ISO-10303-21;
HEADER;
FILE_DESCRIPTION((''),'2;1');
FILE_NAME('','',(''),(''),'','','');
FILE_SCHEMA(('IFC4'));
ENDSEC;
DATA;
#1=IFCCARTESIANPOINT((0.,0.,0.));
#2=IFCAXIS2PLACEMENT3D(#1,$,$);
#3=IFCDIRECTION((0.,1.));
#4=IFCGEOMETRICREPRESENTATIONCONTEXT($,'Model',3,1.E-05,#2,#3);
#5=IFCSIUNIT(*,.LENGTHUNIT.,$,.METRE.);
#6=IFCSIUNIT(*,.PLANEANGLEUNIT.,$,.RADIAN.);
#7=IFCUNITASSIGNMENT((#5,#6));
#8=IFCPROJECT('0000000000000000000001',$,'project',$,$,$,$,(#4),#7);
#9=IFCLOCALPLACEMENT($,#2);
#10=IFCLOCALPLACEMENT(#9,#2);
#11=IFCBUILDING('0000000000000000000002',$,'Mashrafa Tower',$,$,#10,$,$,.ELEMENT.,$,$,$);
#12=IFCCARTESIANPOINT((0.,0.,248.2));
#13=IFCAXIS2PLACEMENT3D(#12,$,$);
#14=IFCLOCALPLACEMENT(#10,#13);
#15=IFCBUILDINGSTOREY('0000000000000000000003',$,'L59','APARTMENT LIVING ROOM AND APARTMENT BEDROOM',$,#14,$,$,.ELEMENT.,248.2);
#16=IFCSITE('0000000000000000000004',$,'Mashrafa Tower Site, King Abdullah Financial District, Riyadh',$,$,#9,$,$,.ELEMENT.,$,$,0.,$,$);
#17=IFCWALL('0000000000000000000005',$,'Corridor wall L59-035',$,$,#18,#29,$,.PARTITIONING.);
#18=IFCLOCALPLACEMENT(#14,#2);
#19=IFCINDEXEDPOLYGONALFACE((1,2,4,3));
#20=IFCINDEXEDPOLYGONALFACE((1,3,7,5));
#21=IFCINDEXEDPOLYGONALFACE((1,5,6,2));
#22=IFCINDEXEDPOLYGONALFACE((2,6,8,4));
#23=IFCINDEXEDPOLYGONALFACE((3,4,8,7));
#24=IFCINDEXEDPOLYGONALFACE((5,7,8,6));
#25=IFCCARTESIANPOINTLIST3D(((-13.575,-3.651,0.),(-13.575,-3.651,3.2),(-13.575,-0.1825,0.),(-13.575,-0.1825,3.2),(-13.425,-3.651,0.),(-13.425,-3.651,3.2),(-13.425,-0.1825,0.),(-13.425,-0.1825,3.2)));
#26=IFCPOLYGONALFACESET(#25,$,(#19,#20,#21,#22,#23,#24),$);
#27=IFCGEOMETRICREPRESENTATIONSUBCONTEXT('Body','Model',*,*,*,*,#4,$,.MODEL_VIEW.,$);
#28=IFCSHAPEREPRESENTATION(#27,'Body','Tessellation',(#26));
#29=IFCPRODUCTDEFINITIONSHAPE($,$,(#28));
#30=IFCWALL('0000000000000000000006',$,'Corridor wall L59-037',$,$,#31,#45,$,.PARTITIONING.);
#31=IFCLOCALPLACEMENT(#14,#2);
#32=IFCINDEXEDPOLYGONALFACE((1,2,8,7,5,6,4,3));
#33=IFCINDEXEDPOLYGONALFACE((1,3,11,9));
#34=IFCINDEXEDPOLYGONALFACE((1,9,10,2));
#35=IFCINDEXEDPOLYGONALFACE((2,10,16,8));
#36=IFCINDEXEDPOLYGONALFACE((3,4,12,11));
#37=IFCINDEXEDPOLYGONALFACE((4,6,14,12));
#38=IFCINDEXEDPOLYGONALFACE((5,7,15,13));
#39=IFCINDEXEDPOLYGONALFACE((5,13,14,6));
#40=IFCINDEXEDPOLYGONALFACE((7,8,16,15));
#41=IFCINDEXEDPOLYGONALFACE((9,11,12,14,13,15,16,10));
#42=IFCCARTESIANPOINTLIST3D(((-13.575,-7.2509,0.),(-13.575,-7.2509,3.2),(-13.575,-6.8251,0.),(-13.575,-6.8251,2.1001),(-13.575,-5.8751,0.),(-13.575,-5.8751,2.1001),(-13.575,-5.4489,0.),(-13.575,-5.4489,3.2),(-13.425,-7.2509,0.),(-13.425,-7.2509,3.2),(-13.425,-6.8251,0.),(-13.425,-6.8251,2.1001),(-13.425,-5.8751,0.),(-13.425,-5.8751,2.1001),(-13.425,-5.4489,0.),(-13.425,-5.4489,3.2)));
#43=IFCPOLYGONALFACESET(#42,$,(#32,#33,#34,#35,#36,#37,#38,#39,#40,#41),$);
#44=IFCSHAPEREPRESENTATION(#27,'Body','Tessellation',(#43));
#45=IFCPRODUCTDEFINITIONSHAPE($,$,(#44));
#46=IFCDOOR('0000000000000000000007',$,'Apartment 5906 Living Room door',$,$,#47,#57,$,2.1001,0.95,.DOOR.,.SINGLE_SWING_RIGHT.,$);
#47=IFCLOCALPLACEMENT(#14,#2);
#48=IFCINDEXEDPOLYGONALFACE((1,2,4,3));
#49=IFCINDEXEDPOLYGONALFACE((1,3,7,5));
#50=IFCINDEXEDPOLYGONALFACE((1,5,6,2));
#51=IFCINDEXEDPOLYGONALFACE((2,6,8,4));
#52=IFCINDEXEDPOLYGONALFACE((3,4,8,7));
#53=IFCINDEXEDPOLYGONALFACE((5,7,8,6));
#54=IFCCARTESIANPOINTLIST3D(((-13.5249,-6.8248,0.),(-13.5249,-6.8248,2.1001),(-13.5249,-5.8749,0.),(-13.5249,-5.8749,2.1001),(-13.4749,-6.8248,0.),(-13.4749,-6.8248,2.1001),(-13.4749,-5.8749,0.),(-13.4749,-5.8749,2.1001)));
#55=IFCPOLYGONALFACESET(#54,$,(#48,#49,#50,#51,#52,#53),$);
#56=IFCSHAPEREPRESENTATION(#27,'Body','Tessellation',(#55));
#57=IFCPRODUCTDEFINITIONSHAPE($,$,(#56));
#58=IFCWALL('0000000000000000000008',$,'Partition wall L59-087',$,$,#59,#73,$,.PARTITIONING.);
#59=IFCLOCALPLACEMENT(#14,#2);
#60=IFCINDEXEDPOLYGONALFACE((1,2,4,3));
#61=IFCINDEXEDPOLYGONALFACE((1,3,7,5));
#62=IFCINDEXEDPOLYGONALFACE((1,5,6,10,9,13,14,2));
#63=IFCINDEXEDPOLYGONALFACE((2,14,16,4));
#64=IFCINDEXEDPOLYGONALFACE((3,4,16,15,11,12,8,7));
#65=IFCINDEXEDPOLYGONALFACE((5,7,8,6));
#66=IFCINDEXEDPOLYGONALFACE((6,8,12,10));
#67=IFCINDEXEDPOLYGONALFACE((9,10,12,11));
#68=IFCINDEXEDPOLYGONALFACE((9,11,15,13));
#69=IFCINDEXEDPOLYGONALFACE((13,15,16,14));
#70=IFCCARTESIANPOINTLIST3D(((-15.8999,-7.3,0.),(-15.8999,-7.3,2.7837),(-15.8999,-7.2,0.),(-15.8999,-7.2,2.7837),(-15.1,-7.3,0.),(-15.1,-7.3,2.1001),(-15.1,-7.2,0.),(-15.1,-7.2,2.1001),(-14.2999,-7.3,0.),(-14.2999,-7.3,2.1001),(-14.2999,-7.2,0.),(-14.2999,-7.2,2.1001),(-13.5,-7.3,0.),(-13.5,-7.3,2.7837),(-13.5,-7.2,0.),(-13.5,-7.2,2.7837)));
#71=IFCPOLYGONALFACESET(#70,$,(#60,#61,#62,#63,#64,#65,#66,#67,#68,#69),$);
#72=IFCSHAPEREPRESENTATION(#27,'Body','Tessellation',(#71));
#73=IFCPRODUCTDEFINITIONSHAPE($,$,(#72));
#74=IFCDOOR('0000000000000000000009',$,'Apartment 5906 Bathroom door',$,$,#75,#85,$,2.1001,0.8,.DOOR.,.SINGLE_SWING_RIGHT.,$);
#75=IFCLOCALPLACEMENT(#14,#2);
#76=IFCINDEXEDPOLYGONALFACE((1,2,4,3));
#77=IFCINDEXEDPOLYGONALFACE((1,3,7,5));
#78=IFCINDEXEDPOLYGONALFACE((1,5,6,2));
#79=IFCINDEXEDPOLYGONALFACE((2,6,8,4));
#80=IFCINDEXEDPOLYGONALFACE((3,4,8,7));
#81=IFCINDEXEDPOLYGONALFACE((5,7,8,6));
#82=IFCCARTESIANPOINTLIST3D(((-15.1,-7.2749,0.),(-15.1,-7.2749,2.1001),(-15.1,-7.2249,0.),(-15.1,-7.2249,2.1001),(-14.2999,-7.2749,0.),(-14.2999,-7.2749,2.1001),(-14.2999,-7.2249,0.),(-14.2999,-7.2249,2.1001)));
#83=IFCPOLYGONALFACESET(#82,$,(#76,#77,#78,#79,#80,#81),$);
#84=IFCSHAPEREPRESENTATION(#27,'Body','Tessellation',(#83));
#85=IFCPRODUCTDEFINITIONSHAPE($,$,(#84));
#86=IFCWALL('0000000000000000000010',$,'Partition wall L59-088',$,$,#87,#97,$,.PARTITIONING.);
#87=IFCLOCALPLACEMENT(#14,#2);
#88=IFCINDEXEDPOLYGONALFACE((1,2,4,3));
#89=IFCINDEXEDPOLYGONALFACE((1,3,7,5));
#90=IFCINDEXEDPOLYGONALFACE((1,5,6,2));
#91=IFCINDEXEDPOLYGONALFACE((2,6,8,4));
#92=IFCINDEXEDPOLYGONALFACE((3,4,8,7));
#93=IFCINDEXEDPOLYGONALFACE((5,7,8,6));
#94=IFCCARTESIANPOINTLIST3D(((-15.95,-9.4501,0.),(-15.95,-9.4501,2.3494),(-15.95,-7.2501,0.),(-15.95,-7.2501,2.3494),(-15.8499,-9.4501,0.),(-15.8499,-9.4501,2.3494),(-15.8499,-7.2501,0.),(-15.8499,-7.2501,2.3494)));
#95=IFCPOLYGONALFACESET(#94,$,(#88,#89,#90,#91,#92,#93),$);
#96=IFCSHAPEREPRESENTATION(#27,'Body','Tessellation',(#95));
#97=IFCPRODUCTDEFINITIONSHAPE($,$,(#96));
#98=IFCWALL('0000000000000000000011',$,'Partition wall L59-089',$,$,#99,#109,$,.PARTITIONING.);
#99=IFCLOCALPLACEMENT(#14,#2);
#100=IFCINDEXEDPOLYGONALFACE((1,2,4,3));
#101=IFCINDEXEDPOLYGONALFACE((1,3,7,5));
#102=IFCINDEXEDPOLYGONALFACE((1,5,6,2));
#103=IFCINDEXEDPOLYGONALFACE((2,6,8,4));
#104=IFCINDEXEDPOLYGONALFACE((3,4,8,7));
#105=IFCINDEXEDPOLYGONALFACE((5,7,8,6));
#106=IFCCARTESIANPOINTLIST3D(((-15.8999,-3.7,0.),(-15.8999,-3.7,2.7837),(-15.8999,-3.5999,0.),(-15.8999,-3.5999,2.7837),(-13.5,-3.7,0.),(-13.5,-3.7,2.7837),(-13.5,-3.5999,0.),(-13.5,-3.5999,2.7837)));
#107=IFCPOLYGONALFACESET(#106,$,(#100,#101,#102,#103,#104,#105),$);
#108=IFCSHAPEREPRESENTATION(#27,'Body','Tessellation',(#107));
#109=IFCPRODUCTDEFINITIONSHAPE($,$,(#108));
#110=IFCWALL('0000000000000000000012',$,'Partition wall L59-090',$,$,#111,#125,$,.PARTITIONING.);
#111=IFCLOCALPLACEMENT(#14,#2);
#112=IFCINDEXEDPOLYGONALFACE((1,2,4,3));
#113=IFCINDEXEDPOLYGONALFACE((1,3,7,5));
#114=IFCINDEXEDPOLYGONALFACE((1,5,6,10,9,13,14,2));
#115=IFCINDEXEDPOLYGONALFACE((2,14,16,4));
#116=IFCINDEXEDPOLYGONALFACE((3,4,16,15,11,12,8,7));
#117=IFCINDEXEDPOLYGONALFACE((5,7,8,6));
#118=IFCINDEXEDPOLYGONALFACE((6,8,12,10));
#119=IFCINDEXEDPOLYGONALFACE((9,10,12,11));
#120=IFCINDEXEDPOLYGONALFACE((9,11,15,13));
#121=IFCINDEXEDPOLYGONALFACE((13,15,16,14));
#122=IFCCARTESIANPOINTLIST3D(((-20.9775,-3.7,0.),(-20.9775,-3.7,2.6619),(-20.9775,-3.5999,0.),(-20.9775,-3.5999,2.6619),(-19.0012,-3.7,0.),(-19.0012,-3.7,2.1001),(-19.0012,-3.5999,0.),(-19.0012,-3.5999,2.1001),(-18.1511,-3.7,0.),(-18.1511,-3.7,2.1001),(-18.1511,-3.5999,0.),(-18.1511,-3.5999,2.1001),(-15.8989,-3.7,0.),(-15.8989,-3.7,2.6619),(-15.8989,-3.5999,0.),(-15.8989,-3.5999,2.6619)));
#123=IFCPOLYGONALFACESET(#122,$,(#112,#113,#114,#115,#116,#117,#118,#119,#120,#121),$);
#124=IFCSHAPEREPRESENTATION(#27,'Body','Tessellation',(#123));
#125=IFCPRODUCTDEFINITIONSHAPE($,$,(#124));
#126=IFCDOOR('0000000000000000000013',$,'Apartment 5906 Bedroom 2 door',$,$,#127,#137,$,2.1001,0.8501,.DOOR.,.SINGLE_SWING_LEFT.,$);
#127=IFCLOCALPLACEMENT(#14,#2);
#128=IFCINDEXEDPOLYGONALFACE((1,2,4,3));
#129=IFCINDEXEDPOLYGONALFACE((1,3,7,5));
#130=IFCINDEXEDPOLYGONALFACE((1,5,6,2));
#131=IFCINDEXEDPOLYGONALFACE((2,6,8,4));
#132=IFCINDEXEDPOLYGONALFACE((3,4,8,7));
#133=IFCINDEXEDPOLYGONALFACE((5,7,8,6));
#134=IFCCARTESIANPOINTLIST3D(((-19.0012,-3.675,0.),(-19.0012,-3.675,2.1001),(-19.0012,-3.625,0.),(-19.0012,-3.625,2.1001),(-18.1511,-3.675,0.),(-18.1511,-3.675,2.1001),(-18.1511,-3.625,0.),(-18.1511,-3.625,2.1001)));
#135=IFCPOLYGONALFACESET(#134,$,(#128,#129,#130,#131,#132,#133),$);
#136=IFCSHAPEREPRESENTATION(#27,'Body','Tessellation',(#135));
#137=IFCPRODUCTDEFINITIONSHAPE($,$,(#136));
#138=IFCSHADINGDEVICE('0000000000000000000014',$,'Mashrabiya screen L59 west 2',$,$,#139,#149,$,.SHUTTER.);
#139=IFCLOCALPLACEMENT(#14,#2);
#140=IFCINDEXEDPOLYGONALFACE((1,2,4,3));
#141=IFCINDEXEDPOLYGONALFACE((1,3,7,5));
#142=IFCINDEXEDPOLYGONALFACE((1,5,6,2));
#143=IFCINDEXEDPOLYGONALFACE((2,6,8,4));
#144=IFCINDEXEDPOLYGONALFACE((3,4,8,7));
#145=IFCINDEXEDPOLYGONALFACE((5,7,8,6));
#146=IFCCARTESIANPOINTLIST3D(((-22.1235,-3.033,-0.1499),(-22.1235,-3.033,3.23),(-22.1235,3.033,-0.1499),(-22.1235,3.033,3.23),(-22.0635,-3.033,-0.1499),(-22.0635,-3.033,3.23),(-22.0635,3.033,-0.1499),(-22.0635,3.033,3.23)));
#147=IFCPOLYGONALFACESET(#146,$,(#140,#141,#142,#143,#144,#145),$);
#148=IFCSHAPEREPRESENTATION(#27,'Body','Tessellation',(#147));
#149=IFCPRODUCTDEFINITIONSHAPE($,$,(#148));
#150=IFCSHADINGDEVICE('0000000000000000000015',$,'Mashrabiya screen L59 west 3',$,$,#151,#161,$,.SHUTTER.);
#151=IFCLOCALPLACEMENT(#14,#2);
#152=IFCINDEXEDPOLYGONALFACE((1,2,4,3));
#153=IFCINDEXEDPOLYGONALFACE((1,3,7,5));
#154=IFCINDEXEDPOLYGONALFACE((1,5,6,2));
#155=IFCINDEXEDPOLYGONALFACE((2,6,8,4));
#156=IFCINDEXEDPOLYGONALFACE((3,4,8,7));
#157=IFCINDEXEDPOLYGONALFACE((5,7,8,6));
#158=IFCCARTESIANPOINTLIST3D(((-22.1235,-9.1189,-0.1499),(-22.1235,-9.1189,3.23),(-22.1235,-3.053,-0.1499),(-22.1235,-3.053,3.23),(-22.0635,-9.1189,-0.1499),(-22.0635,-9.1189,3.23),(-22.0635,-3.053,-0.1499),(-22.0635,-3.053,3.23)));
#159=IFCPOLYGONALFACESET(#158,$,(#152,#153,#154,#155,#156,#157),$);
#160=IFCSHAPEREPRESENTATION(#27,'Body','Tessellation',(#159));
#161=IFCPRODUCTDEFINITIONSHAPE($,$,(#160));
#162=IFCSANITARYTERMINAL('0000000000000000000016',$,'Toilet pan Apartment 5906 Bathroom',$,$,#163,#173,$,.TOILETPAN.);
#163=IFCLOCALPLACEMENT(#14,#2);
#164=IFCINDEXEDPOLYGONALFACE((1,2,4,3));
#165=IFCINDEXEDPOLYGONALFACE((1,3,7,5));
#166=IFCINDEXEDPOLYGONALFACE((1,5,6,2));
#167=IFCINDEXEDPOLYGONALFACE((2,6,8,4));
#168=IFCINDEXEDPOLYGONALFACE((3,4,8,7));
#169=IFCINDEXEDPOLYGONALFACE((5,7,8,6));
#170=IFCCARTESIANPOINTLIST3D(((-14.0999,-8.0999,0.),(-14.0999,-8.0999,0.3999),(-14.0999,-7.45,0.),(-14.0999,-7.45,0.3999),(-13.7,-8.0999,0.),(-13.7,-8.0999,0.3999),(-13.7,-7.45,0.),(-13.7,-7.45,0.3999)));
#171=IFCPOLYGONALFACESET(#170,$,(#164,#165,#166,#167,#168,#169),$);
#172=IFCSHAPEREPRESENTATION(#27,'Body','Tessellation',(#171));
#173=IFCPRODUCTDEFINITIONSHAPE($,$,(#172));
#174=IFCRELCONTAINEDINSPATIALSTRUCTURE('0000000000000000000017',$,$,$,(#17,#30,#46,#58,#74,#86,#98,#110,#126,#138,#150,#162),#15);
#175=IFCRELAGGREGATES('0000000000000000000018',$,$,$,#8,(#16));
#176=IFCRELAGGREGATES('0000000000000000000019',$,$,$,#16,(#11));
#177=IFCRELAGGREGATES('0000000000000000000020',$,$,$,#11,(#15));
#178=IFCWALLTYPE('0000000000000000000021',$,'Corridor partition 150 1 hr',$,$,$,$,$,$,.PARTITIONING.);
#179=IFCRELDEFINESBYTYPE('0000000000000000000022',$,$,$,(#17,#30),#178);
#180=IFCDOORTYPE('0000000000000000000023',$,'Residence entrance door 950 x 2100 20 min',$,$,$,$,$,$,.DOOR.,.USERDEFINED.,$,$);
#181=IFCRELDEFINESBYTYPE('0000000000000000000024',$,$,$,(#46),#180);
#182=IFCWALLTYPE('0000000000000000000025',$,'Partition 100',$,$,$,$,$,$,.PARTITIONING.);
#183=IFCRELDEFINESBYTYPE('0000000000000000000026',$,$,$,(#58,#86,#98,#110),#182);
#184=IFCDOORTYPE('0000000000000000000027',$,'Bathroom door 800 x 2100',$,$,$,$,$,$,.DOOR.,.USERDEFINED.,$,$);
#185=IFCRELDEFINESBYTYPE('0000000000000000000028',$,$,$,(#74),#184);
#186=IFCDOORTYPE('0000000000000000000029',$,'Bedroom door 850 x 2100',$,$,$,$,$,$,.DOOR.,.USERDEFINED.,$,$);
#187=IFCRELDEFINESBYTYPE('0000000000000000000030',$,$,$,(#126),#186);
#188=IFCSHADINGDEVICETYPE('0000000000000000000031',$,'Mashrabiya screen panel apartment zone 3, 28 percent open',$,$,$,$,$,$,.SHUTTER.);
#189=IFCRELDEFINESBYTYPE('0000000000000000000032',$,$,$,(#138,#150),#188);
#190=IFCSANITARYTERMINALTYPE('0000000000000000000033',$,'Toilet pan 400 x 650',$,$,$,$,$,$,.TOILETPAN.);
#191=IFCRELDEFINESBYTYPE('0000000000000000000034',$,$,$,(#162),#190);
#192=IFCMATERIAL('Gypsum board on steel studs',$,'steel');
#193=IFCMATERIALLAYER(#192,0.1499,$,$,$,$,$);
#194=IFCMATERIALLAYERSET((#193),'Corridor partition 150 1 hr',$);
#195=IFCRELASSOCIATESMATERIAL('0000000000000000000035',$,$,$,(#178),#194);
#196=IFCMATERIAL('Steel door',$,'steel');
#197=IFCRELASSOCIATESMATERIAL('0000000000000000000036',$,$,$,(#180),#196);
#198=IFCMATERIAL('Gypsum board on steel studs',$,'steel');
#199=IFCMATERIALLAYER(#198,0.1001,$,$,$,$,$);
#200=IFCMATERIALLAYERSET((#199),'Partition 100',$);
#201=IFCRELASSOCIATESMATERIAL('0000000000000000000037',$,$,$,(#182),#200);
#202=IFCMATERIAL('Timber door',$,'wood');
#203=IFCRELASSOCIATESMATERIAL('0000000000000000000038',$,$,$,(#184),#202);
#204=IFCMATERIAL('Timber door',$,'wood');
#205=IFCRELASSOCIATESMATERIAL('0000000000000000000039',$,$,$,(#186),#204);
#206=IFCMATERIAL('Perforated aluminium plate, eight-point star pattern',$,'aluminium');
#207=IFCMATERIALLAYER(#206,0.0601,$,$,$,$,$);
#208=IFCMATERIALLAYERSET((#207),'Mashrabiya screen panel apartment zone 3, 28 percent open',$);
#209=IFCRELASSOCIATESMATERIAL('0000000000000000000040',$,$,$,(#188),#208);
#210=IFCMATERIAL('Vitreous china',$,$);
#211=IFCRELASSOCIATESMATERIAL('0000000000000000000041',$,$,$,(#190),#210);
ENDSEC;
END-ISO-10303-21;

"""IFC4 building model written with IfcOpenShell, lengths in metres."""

from ifc_helpers import new_model, si_unit, direction, frame, frame_2d, origin, origin_2d, place, context, subcontext, project, spatial, rectangle, extrude, source, transform, mapped, material, layer, layer_set, type_object, type_shapes, element, fill, save


model = new_model("IFC4")

# Units and contexts
model_context = context("Model", 3, precision=1e-05, world=origin(), true_north=direction((0.0, 1.0)))
body_context = subcontext(model_context, "Body", "Model", "MODEL_VIEW")
ifc_project = project(units=[si_unit("LENGTHUNIT", "METRE"), si_unit("PLANEANGLEUNIT", "RADIAN")], contexts=[model_context])

# Site, building, storey
site_placement = place(None, origin())
site = spatial("IfcSite", under=ifc_project, at=site_placement, Name="Mashrafa Tower Site, King Abdullah Financial District, Riyadh", CompositionType="ELEMENT", RefElevation=0.0)
building_placement = place(site_placement, origin())
building = spatial("IfcBuilding", under=site, at=building_placement, Name="Mashrafa Tower", CompositionType="ELEMENT")
storey_placement = place(building_placement, frame((0.0, 0.0, 248.2)))
storey = spatial("IfcBuildingStorey", under=building, at=storey_placement, Name="L59", Description="APARTMENT LIVING ROOM AND APARTMENT BEDROOM", CompositionType="ELEMENT", Elevation=248.2)

# Wall
ifc_material_1 = material(Name="Gypsum board on steel studs", Category="steel")
ifc_layer_1 = layer(ifc_material_1, 0.1499)
ifc_layer_set_1 = layer_set([ifc_layer_1], Name="Corridor partition 150 1 hr")
wall_type_1 = type_object("IfcWallType", Name="Corridor partition 150 1 hr", PredefinedType="PARTITIONING", material=ifc_layer_set_1)
wall_1_placement = place(storey_placement, frame((-13.5, -0.1824, 0.0), z_axis=(0.0, 0.0, 1.0), x_axis=(0.0, -1.0, 0.0)))
element("IfcWall", 1, at=wall_1_placement, inside=storey, type_object=wall_type_1, Name="Corridor wall L59-035", PredefinedType="PARTITIONING", context=body_context, shape_type="SweptSolid", body=[
    extrude(rectangle(XDim=3.4685, YDim=0.1499, at=frame_2d((1.7344, 0.0))), origin(), (0.0, 0.0, 1.0), 3.2),
])

# Walls, openings, doors
wall_2_placement = place(storey_placement, frame((-13.5, -5.449, 0.0), z_axis=(0.0, 0.0, 1.0), x_axis=(0.0, -1.0, 0.0)))
wall_2 = element("IfcWall", 2, at=wall_2_placement, inside=storey, type_object=wall_type_1, Name="Corridor wall L59-037", PredefinedType="PARTITIONING", context=body_context, shape_type="SweptSolid", body=[
    extrude(rectangle(XDim=1.802, YDim=0.1499, at=frame_2d((0.9009, 0.0))), origin(), (0.0, 0.0, 1.0), 3.2),
])
opening_1_placement = place(wall_2_placement, frame((0.426, 0.0, 0.0)))
opening_1 = element("IfcOpeningElement", 3, at=opening_1_placement, cuts=wall_2, PredefinedType="OPENING", context=body_context, shape_type="SweptSolid", body=[
    extrude(rectangle(XDim=0.95, YDim=2.1001, at=frame_2d((0.4751, 1.05))), frame((0.0, 0.085, 0.0), z_axis=(0.0, -1.0, 0.0), x_axis=(1.0, 0.0, 0.0)), (0.0, 0.0, 1.0), 0.1699),
])
ifc_material_2 = material(Name="Steel door", Category="steel")
door_type_1 = type_object("IfcDoorType", Name="Residence entrance door 950 x 2100 20 min", OperationType="USERDEFINED", PredefinedType="DOOR", material=ifc_material_2)
door_1_placement = place(opening_1_placement, frame((0.95, 0.0, 0.0), z_axis=(0.0, 0.0, 1.0), x_axis=(-1.0, 0.0, 0.0)))
door_1 = element("IfcDoor", 4, at=door_1_placement, inside=storey, type_object=door_type_1, Name="Apartment 5906 Living Room door", OperationType="SINGLE_SWING_RIGHT", OverallHeight=2.1001, OverallWidth=0.95, PredefinedType="DOOR", context=body_context, shape_type="SweptSolid", body=[
    extrude(rectangle(XDim=0.95, YDim=2.1001, at=frame_2d((0.4751, 1.05))), frame((0.0, 0.0249, 0.0), z_axis=(0.0, -1.0, 0.0), x_axis=(1.0, 0.0, 0.0)), (0.0, 0.0, 1.0), 0.05),
])
fill(opening_1, door_1)
ifc_material_3 = material(Name="Gypsum board on steel studs", Category="steel")
ifc_layer_2 = layer(ifc_material_3, 0.1001)
ifc_layer_set_2 = layer_set([ifc_layer_2], Name="Partition 100")
wall_type_2 = type_object("IfcWallType", Name="Partition 100", PredefinedType="PARTITIONING", material=ifc_layer_set_2)
wall_3_placement = place(storey_placement, frame((-13.5, -7.25, 0.0), z_axis=(0.0, 0.0, 1.0), x_axis=(-1.0, 0.0, 0.0)))
wall_3 = element("IfcWall", 5, at=wall_3_placement, inside=storey, type_object=wall_type_2, Name="Partition wall L59-087", PredefinedType="PARTITIONING", context=body_context, shape_type="SweptSolid", body=[
    extrude(rectangle(XDim=2.3999, YDim=0.1001, at=frame_2d((1.2, 0.0))), origin(), (0.0, 0.0, 1.0), 2.7837),
])
opening_2_placement = place(wall_3_placement, frame((0.8, 0.0, 0.0)))
opening_2 = element("IfcOpeningElement", 6, at=opening_2_placement, cuts=wall_3, PredefinedType="OPENING", context=body_context, shape_type="SweptSolid", body=[
    extrude(rectangle(XDim=0.8, YDim=2.1001, at=frame_2d((0.3999, 1.05))), frame((0.0, 0.0601, 0.0), z_axis=(0.0, -1.0, 0.0), x_axis=(1.0, 0.0, 0.0)), (0.0, 0.0, 1.0), 0.1201),
])
ifc_material_4 = material(Name="Timber door", Category="wood")
door_type_2 = type_object("IfcDoorType", Name="Bathroom door 800 x 2100", OperationType="USERDEFINED", PredefinedType="DOOR", material=ifc_material_4)
door_2_placement = place(opening_2_placement, origin())
door_2 = element("IfcDoor", 7, at=door_2_placement, inside=storey, type_object=door_type_2, Name="Apartment 5906 Bathroom door", OperationType="SINGLE_SWING_RIGHT", OverallHeight=2.1001, OverallWidth=0.8, PredefinedType="DOOR", context=body_context, shape_type="SweptSolid", body=[
    extrude(rectangle(XDim=0.8, YDim=2.1001, at=frame_2d((0.3999, 1.05))), frame((0.0, 0.0249, 0.0), z_axis=(0.0, -1.0, 0.0), x_axis=(1.0, 0.0, 0.0)), (0.0, 0.0, 1.0), 0.05),
])
fill(opening_2, door_2)

# Walls
wall_4_placement = place(storey_placement, frame((-15.8999, -7.25, 0.0), z_axis=(0.0, 0.0, 1.0), x_axis=(0.0, -1.0, 0.0)))
element("IfcWall", 8, at=wall_4_placement, inside=storey, type_object=wall_type_2, Name="Partition wall L59-088", PredefinedType="PARTITIONING", context=body_context, shape_type="SweptSolid", body=[
    extrude(rectangle(XDim=2.2, YDim=0.1001, at=frame_2d((1.1001, 0.0))), origin(), (0.0, 0.0, 1.0), 2.3494),
])
wall_5_placement = place(storey_placement, frame((-13.5, -3.6499, 0.0), z_axis=(0.0, 0.0, 1.0), x_axis=(-1.0, 0.0, 0.0)))
element("IfcWall", 9, at=wall_5_placement, inside=storey, type_object=wall_type_2, Name="Partition wall L59-089", PredefinedType="PARTITIONING", context=body_context, shape_type="SweptSolid", body=[
    extrude(rectangle(XDim=2.3999, YDim=0.1001, at=frame_2d((1.2, 0.0))), origin(), (0.0, 0.0, 1.0), 2.7837),
])

# Wall, opening, door
wall_6_placement = place(storey_placement, frame((-20.9775, -3.6499, 0.0), z_axis=(0.0, 0.0, 1.0), x_axis=(1.0, 0.0, 0.0)))
wall_6 = element("IfcWall", 10, at=wall_6_placement, inside=storey, type_object=wall_type_2, Name="Partition wall L59-090", PredefinedType="PARTITIONING", context=body_context, shape_type="SweptSolid", body=[
    extrude(rectangle(XDim=5.0786, YDim=0.1001, at=frame_2d((2.5393, 0.0))), origin(), (0.0, 0.0, 1.0), 2.6619),
])
opening_3_placement = place(wall_6_placement, frame((1.9763, 0.0, 0.0)))
opening_3 = element("IfcOpeningElement", 11, at=opening_3_placement, cuts=wall_6, PredefinedType="OPENING", context=body_context, shape_type="SweptSolid", body=[
    extrude(rectangle(XDim=0.8501, YDim=2.1001, at=frame_2d((0.425, 1.05))), frame((0.0, 0.0601, 0.0), z_axis=(0.0, -1.0, 0.0), x_axis=(1.0, 0.0, 0.0)), (0.0, 0.0, 1.0), 0.1201),
])
ifc_material_5 = material(Name="Timber door", Category="wood")
door_type_3 = type_object("IfcDoorType", Name="Bedroom door 850 x 2100", OperationType="USERDEFINED", PredefinedType="DOOR", material=ifc_material_5)
door_3_placement = place(opening_3_placement, origin())
door_3 = element("IfcDoor", 12, at=door_3_placement, inside=storey, type_object=door_type_3, Name="Apartment 5906 Bedroom 2 door", OperationType="SINGLE_SWING_LEFT", OverallHeight=2.1001, OverallWidth=0.8501, PredefinedType="DOOR", context=body_context, shape_type="SweptSolid", body=[
    extrude(rectangle(XDim=0.8501, YDim=2.1001, at=frame_2d((0.425, 1.05))), frame((0.0, 0.0249, 0.0), z_axis=(0.0, -1.0, 0.0), x_axis=(1.0, 0.0, 0.0)), (0.0, 0.0, 1.0), 0.05),
])
fill(opening_3, door_3)

# Shading devices
ifc_material_6 = material(Name="Perforated aluminium plate, eight-point star pattern", Category="aluminium")
ifc_layer_3 = layer(ifc_material_6, 0.0601)
ifc_layer_set_3 = layer_set([ifc_layer_3], Name="Mashrabiya screen panel apartment zone 3, 28 percent open")
shading_device_type = type_object("IfcShadingDeviceType", Name="Mashrabiya screen panel apartment zone 3, 28 percent open", PredefinedType="SHUTTER", material=ifc_layer_set_3)
shared_shape_1 = source(origin(), body_context, "Body", "SweptSolid", [
    extrude(rectangle(XDim=6.0659, YDim=0.0601, at=origin_2d()), origin(), (0.0, 0.0, 1.0), 3.3799),
])
type_shapes(shading_device_type, [shared_shape_1])
for number, where, z_axis, x_axis, name in (
    (13, (-22.0935, 0.0, -0.1499), (0.0, 0.0, 1.0), (0.0, -1.0, 0.0), "Mashrabiya screen L59 west 2"),
    (14, (-22.0935, -6.0859, -0.1499), (0.0, 0.0, 1.0), (0.0, -1.0, 0.0), "Mashrabiya screen L59 west 3"),
):
    element("IfcShadingDevice", number, at=place(storey_placement, frame(where, z_axis=z_axis, x_axis=x_axis)), inside=storey, type_object=shading_device_type, Name=name, PredefinedType="SHUTTER", context=body_context, shape_type="MappedRepresentation", body=[
        mapped(shared_shape_1, transform((0.0, 0.0, 0.0))),
    ])

# Sanitary terminal
ifc_material_7 = material(Name="Vitreous china")
sanitary_terminal_type_1 = type_object("IfcSanitaryTerminalType", Name="Toilet pan 400 x 650", PredefinedType="TOILETPAN", material=ifc_material_7)
sanitary_terminal_1_placement = place(storey_placement, frame((-13.8999, -7.7749, 0.0), z_axis=(0.0, 0.0, 1.0), x_axis=(-1.0, 0.0, 0.0)))
element("IfcSanitaryTerminal", 15, at=sanitary_terminal_1_placement, inside=storey, type_object=sanitary_terminal_type_1, Name="Toilet pan Apartment 5906 Bathroom", PredefinedType="TOILETPAN", context=body_context, shape_type="SweptSolid", body=[
    extrude(rectangle(XDim=0.3999, YDim=0.6499, at=origin_2d()), origin(), (0.0, 0.0, 1.0), 0.3999),
])

save(model, "model.ifc")
